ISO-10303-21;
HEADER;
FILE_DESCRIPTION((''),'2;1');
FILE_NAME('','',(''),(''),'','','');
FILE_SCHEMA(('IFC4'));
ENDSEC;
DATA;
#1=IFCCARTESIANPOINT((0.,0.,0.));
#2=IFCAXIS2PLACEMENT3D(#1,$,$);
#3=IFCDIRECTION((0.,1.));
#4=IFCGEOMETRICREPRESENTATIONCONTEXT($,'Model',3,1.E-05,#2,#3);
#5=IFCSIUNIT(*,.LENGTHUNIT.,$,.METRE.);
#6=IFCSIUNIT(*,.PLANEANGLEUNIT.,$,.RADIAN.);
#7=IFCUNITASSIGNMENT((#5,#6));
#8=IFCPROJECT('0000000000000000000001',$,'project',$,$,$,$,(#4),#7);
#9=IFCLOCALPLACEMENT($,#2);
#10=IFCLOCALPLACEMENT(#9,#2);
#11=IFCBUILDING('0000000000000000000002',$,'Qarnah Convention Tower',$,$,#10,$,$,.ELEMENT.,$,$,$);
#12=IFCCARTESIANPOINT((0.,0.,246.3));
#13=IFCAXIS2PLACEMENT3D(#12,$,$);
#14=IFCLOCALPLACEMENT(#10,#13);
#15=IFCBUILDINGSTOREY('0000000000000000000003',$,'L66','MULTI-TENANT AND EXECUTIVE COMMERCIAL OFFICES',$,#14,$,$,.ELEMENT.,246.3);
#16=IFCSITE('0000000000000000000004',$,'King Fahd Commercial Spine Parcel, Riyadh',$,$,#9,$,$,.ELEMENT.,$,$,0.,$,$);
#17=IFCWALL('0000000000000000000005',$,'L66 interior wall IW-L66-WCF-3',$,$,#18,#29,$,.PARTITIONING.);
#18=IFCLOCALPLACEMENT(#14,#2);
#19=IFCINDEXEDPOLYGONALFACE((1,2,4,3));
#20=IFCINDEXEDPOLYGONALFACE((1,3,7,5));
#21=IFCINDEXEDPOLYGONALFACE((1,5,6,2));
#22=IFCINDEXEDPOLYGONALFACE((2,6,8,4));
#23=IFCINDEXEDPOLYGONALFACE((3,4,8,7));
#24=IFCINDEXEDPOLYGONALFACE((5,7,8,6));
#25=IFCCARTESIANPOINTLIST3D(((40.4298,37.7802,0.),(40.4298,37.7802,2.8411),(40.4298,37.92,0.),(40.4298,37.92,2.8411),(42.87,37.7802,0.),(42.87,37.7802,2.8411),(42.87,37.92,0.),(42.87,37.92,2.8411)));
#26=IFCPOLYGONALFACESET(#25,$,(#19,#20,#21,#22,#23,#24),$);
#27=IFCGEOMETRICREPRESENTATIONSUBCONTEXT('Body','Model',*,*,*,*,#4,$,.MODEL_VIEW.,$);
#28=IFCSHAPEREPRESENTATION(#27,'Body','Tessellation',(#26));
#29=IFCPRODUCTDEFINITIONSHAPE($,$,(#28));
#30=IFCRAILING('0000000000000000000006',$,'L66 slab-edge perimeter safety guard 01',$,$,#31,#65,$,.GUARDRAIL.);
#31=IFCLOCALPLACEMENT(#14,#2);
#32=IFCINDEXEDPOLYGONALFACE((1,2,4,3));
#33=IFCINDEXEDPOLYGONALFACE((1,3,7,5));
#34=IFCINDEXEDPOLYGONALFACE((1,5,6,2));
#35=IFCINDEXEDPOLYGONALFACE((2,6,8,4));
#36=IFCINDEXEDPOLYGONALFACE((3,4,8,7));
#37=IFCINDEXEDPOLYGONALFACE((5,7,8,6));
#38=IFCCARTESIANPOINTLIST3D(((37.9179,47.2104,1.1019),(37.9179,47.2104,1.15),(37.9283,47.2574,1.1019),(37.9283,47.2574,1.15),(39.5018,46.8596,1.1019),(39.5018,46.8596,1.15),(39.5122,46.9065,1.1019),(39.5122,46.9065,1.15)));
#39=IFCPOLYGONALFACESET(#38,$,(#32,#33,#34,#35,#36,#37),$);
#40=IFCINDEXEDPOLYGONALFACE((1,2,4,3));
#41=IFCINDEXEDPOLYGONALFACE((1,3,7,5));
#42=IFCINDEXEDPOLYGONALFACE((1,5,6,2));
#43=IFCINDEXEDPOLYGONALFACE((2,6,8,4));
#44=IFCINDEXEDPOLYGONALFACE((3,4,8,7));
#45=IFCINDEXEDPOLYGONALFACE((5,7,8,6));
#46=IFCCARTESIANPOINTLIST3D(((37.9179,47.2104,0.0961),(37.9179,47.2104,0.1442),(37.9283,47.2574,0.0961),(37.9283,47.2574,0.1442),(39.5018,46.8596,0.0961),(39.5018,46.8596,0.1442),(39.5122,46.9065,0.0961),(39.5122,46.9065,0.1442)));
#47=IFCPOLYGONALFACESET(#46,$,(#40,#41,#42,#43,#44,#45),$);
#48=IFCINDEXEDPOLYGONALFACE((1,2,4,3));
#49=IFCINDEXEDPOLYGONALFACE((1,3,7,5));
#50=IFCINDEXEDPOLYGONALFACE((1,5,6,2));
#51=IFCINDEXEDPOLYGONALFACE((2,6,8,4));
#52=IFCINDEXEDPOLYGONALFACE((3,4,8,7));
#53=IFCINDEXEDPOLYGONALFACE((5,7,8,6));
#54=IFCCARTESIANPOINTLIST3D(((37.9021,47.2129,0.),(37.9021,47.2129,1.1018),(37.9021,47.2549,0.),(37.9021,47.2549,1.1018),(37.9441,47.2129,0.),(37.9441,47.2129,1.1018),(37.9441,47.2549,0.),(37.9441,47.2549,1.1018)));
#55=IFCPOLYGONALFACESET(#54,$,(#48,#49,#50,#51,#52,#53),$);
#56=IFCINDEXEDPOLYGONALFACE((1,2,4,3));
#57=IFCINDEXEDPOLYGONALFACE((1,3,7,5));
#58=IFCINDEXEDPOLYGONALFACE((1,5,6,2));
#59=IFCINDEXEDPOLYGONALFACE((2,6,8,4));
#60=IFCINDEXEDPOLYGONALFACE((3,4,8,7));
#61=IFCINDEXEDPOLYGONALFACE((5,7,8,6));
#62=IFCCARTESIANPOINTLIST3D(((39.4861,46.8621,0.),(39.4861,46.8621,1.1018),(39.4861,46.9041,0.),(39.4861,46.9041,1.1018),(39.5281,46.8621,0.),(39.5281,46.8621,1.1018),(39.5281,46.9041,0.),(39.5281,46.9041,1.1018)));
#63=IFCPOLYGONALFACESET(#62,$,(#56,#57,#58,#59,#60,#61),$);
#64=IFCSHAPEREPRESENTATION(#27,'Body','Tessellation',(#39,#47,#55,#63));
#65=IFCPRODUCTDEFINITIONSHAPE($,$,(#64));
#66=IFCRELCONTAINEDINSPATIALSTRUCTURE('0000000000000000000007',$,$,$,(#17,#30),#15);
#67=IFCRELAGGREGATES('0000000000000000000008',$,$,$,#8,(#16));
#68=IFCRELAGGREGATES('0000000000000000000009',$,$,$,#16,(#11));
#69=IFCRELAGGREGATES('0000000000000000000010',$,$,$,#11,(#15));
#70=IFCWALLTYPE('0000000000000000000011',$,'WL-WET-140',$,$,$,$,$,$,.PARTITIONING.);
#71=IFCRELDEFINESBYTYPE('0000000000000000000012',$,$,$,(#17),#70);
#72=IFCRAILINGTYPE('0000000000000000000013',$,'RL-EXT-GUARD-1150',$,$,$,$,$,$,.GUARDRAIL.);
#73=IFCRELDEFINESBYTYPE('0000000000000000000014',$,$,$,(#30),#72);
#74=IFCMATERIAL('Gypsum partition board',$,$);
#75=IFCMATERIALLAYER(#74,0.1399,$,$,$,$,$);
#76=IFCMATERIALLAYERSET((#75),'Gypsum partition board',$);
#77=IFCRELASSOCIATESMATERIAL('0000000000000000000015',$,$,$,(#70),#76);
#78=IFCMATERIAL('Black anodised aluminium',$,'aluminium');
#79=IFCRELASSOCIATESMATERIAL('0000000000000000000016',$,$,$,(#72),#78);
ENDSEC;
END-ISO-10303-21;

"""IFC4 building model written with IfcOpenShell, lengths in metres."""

from ifc_helpers import new_model, si_unit, direction, frame, frame_2d, origin, origin_2d, place, context, subcontext, project, spatial, rectangle, extrude, material, layer, layer_set, type_object, element, save


model = new_model("IFC4")

# Units and contexts
model_context = context("Model", 3, precision=1e-05, world=origin(), true_north=direction((0.0, 1.0)))
body_context = subcontext(model_context, "Body", "Model", "MODEL_VIEW")
ifc_project = project(units=[si_unit("LENGTHUNIT", "METRE"), si_unit("PLANEANGLEUNIT", "RADIAN")], contexts=[model_context])

# Site, building, storey
site_placement = place(None, origin())
site = spatial("IfcSite", under=ifc_project, at=site_placement, Name="King Fahd Commercial Spine Parcel, Riyadh", CompositionType="ELEMENT", RefElevation=0.0)
building_placement = place(site_placement, origin())
building = spatial("IfcBuilding", under=site, at=building_placement, Name="Qarnah Convention Tower", CompositionType="ELEMENT")
storey_placement = place(building_placement, frame((0.0, 0.0, 246.3)))
storey = spatial("IfcBuildingStorey", under=building, at=storey_placement, Name="L66", Description="MULTI-TENANT AND EXECUTIVE COMMERCIAL OFFICES", CompositionType="ELEMENT", Elevation=246.3)

# Shared definitions
ifc_material_1 = material(Name="Black anodised aluminium", Category="aluminium")

# Shared definitions
ifc_material_2 = material(Name="Gypsum partition board")

# Shared definitions
ifc_layer_1 = layer(ifc_material_2, 0.1399)
ifc_layer_set_1 = layer_set([ifc_layer_1], Name="Gypsum partition board")
wall_type_1 = type_object("IfcWallType", Name="WL-WET-140", PredefinedType="PARTITIONING", material=ifc_layer_set_1)

# Wall
wall_1_placement = place(storey_placement, frame((42.8701, 37.8501, 0.0), z_axis=(0.0, 0.0, 1.0), x_axis=(-1.0, 0.0, 0.0)))
element("IfcWall", 1, at=wall_1_placement, inside=storey, type_object=wall_type_1, Name="L66 interior wall IW-L66-WCF-3", PredefinedType="PARTITIONING", context=body_context, shape_type="SweptSolid", body=[
    extrude(rectangle(XDim=2.4402, YDim=0.1399, at=frame_2d((1.2202, 0.0))), origin(), (0.0, 0.0, 1.0), 2.8411),
])

# Railing
railing_type = type_object("IfcRailingType", Name="RL-EXT-GUARD-1150", PredefinedType="GUARDRAIL", material=ifc_material_1)
railing_1_placement = place(storey_placement, frame((37.9231, 47.2339, 0.0)))
element("IfcRailing", 2, at=railing_1_placement, inside=storey, type_object=railing_type, Name="L66 slab-edge perimeter safety guard 01", PredefinedType="GUARDRAIL", context=body_context, shape_type="SweptSolid", body=[
    extrude(rectangle(XDim=0.0481, YDim=0.0481, at=origin_2d()), frame((0.0, 0.0, 1.126), z_axis=(0.976339, -0.216245, 0.0), x_axis=(0.216245, 0.976339, 0.0)), (0.0, 0.0, 1.0), 1.6223),
    extrude(rectangle(XDim=0.0481, YDim=0.0481, at=origin_2d()), frame((0.0, 0.0, 0.1201), z_axis=(0.976339, -0.216245, 0.0), x_axis=(0.216245, 0.976339, 0.0)), (0.0, 0.0, 1.0), 1.6223),
    extrude(rectangle(XDim=0.042, YDim=0.042, at=origin_2d()), origin(), (0.0, 0.0, 1.0), 1.1018),
    extrude(rectangle(XDim=0.042, YDim=0.042, at=origin_2d()), frame((1.584, -0.3508, 0.0)), (0.0, 0.0, 1.0), 1.1018),
])

save(model, "model.ifc")
